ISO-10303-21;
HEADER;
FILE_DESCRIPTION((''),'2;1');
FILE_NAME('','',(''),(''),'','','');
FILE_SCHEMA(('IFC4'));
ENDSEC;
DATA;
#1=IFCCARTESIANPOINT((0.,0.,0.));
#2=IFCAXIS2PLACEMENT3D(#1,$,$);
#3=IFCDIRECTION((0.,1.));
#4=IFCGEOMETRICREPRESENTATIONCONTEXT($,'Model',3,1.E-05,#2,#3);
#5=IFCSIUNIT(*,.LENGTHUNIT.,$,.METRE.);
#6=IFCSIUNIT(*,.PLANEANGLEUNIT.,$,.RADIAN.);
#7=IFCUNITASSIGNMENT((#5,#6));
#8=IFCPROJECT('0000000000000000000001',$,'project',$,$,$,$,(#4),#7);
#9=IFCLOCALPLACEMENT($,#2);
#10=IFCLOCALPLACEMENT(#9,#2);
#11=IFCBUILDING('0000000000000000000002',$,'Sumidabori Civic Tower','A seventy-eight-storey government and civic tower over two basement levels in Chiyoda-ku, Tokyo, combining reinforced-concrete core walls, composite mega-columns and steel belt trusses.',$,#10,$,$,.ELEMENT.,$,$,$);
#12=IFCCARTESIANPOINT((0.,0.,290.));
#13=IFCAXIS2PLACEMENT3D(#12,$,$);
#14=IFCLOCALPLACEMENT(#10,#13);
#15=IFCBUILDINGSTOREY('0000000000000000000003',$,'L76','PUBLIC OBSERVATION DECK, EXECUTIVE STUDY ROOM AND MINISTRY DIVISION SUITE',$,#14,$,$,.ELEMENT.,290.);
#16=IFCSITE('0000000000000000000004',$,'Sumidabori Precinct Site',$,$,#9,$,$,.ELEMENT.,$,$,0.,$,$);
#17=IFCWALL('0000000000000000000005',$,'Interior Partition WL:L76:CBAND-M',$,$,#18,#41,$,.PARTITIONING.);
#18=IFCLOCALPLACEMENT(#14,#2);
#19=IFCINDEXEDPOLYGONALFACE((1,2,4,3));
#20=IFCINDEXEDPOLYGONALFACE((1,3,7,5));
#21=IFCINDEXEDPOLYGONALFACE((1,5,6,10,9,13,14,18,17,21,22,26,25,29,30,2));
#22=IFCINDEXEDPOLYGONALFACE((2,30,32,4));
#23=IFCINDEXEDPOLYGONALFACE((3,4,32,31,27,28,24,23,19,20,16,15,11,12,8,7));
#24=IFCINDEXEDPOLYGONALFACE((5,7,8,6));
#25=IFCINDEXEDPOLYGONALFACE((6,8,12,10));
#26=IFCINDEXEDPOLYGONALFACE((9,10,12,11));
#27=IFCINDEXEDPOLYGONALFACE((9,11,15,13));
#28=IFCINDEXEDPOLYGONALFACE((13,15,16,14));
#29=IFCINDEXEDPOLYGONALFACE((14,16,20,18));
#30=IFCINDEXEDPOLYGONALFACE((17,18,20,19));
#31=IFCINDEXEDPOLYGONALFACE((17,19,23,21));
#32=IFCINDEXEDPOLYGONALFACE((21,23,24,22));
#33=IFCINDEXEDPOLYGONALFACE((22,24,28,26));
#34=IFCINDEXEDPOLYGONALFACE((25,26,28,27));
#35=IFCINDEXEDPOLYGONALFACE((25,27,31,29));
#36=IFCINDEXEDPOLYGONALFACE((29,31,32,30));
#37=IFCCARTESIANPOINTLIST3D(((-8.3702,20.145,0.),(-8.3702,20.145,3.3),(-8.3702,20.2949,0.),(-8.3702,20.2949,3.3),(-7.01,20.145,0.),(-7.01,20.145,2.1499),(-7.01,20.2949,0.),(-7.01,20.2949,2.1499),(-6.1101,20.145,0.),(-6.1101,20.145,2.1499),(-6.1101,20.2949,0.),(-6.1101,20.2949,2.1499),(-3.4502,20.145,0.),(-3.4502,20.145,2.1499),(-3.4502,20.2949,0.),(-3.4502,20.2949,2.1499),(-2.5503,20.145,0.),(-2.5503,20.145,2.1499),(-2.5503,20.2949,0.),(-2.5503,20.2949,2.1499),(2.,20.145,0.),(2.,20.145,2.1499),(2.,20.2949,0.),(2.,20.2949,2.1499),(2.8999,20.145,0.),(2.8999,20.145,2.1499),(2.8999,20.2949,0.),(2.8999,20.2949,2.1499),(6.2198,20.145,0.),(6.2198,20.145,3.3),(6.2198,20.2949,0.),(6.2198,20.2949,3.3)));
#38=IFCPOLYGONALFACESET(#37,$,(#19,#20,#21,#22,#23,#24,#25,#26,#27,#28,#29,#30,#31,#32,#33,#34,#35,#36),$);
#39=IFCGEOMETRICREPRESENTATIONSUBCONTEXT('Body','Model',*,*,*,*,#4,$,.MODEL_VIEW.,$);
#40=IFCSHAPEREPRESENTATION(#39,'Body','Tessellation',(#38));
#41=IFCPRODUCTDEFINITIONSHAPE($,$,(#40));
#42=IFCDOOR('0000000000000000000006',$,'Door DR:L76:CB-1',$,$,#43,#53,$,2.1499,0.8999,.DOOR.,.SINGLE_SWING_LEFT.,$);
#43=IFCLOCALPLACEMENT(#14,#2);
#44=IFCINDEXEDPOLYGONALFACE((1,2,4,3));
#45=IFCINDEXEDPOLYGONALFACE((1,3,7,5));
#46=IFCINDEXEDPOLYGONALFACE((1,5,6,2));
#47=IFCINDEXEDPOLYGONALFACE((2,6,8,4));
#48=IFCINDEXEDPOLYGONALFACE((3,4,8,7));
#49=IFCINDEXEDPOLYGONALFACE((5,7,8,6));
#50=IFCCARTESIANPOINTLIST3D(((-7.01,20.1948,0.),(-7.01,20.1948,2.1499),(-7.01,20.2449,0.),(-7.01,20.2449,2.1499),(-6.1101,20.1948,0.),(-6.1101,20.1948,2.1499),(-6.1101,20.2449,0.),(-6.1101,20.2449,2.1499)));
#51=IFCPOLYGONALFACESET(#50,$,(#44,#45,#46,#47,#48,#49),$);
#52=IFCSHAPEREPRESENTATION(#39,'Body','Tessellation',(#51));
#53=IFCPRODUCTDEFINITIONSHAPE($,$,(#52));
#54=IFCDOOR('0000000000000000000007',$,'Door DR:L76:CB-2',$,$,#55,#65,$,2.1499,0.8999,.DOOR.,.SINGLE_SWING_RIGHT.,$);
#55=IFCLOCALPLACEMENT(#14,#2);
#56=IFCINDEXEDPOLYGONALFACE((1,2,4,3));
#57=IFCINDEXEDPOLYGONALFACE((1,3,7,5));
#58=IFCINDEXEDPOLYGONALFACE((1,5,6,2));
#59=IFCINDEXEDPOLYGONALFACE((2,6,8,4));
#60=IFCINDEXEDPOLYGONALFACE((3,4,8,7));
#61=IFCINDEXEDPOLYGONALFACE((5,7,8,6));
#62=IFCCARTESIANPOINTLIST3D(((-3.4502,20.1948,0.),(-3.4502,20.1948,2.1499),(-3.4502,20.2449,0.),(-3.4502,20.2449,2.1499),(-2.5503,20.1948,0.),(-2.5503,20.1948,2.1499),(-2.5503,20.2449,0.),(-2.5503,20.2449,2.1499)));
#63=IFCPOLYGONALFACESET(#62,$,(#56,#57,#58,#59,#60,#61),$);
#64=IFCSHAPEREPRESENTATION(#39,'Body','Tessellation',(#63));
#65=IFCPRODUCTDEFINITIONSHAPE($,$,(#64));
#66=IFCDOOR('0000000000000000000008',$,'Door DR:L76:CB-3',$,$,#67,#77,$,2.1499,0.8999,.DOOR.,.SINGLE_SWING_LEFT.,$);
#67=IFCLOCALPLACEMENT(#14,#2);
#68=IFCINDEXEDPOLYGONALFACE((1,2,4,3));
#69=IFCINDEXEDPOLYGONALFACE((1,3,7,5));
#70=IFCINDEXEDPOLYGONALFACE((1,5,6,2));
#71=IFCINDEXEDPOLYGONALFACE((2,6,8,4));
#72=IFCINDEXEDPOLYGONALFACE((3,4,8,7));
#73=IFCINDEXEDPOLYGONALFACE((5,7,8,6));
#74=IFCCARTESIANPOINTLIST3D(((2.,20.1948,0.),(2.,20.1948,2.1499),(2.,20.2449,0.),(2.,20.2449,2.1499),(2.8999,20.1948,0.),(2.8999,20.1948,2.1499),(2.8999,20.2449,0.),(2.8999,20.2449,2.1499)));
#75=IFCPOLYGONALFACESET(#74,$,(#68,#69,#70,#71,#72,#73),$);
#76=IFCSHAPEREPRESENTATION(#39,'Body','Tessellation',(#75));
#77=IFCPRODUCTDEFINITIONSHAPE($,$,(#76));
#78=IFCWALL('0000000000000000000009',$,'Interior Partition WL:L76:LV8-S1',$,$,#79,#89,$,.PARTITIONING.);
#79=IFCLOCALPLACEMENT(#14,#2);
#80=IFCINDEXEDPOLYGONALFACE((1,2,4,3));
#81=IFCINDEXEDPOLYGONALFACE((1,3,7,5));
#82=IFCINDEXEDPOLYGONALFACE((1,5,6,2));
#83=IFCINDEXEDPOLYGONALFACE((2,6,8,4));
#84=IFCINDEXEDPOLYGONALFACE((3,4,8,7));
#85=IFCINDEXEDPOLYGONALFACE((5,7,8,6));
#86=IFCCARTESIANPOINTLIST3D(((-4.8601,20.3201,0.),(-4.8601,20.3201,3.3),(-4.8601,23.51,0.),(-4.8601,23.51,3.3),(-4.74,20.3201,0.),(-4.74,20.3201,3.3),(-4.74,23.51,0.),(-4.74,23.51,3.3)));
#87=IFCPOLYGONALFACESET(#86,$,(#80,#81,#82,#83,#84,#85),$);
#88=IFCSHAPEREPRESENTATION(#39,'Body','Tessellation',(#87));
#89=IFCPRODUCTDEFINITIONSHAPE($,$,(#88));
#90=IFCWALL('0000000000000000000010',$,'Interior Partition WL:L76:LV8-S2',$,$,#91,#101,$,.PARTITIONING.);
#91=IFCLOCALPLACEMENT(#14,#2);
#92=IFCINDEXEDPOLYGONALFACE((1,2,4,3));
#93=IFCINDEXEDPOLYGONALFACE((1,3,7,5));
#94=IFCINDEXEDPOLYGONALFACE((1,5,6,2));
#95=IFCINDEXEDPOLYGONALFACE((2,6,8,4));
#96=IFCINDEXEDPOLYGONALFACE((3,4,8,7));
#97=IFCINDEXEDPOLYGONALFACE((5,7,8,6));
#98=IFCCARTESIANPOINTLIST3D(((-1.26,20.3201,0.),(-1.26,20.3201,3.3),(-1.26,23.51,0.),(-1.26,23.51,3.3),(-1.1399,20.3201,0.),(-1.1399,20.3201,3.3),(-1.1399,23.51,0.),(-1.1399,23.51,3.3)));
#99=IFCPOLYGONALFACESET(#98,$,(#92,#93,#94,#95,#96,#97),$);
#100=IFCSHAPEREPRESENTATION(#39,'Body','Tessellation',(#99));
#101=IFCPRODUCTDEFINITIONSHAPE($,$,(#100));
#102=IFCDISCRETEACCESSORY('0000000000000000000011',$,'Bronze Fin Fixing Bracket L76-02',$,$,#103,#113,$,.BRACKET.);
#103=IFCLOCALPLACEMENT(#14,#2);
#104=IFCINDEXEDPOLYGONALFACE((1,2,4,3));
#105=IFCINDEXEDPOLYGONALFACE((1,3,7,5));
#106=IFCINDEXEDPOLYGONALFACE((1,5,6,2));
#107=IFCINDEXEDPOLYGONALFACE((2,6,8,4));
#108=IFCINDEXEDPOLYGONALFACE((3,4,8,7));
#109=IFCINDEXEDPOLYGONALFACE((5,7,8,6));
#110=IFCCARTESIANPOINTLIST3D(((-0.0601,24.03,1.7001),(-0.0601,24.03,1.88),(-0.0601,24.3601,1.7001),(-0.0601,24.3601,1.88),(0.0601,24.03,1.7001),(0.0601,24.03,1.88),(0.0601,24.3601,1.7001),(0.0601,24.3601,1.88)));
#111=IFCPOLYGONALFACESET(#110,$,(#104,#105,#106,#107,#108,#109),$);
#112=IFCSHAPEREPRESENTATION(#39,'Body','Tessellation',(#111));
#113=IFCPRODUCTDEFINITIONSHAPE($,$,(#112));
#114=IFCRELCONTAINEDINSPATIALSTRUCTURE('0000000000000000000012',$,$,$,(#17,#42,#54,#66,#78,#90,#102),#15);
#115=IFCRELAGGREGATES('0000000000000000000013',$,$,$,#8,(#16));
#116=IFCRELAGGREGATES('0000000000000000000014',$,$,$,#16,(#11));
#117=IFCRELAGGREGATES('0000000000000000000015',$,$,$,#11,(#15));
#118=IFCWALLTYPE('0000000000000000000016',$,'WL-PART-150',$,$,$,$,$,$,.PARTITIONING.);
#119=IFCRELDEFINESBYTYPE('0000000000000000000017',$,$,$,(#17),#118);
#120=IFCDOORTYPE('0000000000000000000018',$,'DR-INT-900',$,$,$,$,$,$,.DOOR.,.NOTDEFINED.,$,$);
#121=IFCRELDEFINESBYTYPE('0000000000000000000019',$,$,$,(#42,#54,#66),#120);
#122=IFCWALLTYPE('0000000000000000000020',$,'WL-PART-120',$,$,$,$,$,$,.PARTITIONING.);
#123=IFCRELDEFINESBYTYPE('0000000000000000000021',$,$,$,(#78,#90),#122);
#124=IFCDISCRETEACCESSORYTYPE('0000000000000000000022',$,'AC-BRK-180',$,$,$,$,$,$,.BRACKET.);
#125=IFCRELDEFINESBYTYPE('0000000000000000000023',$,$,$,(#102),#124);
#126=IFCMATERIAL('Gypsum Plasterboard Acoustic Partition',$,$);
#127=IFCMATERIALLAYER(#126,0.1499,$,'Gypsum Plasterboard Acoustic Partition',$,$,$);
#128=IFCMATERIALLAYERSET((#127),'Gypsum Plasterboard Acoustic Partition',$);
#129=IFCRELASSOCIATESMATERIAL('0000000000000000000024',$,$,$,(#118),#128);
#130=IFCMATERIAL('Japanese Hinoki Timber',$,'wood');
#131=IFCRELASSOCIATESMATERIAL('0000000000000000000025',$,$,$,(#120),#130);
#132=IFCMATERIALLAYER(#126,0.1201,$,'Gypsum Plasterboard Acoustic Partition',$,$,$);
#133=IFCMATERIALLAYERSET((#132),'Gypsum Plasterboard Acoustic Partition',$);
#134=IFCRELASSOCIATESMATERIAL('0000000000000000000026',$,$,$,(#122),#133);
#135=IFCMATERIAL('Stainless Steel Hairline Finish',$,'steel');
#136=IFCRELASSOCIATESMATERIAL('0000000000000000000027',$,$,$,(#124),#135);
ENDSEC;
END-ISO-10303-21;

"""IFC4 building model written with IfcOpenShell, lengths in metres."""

from ifc_helpers import new_model, si_unit, direction, frame, frame_2d, origin, origin_2d, place, context, subcontext, project, spatial, rectangle, extrude, source, transform, mapped, material, layer, layer_set, material_profile, profile_set, type_object, element, fill, save


model = new_model("IFC4")

# Units and contexts
model_context = context("Model", 3, precision=1e-05, world=origin(), true_north=direction((0.0, 1.0)))
body_context = subcontext(model_context, "Body", "Model", "MODEL_VIEW")
ifc_project = project(units=[si_unit("LENGTHUNIT", "METRE"), si_unit("PLANEANGLEUNIT", "RADIAN")], contexts=[model_context])

# Site, building, storey
site_placement = place(None, origin())
site = spatial("IfcSite", under=ifc_project, at=site_placement, Name="Sumidabori Precinct Site", CompositionType="ELEMENT", RefElevation=0.0)
building_placement = place(site_placement, origin())
building = spatial("IfcBuilding", under=site, at=building_placement, Name="Sumidabori Civic Tower", Description="A seventy-eight-storey government and civic tower over two basement levels in Chiyoda-ku, Tokyo, combining reinforced-concrete core walls, composite mega-columns and steel belt trusses.", CompositionType="ELEMENT")
storey_placement = place(building_placement, frame((0.0, 0.0, 290.0)))
storey = spatial("IfcBuildingStorey", under=building, at=storey_placement, Name="L76", Description="PUBLIC OBSERVATION DECK, EXECUTIVE STUDY ROOM AND MINISTRY DIVISION SUITE", CompositionType="ELEMENT", Elevation=290.0)

# Shared definitions
ifc_material_1 = material(Name="Gypsum Plasterboard Acoustic Partition")
ifc_layer_1 = layer(ifc_material_1, 0.1499, Name="Gypsum Plasterboard Acoustic Partition")
ifc_layer_set_1 = layer_set([ifc_layer_1], Name="Gypsum Plasterboard Acoustic Partition")
wall_type_1 = type_object("IfcWallType", Name="WL-PART-150", PredefinedType="PARTITIONING", material=ifc_layer_set_1)

# Wall, openings, doors
shared_shape_1 = source(origin(), body_context, "Body", "SweptSolid", [
    extrude(rectangle(XDim=14.5901, YDim=0.1499, at=frame_2d((7.2949, 0.0))), origin(), (0.0, 0.0, 1.0), 3.3),
])
wall_1_placement = place(storey_placement, frame((-8.3701, 20.22, 0.0), z_axis=(0.0, 0.0, 1.0), x_axis=(1.0, 0.0, 0.0)))
wall_1 = element("IfcWall", 1, at=wall_1_placement, inside=storey, type_object=wall_type_1, Name="Interior Partition WL:L76:CBAND-M", PredefinedType="PARTITIONING", context=body_context, shape_type="MappedRepresentation", body=[
    mapped(shared_shape_1, transform((0.0, 0.0, 0.0), x_axis=(1.0, 0.0, 0.0), y_axis=(0.0, 1.0, 0.0), z_axis=(0.0, 0.0, 1.0), scale=1.0)),
])
opening_1_placement = place(wall_1_placement, frame((1.3601, 0.0, 0.0)))
opening_1 = element("IfcOpeningElement", 2, at=opening_1_placement, cuts=wall_1, PredefinedType="OPENING", context=body_context, shape_type="SweptSolid", body=[
    extrude(rectangle(XDim=0.8999, YDim=2.1499, at=frame_2d((0.45, 1.075))), frame((0.0, 0.0869, 0.0), z_axis=(0.0, -1.0, 0.0), x_axis=(1.0, 0.0, 0.0)), (0.0, 0.0, 1.0), 0.1738),
])
opening_2_placement = place(wall_1_placement, frame((4.9199, 0.0, 0.0)))
opening_2 = element("IfcOpeningElement", 3, at=opening_2_placement, cuts=wall_1, PredefinedType="OPENING", context=body_context, shape_type="SweptSolid", body=[
    extrude(rectangle(XDim=0.8999, YDim=2.1499, at=frame_2d((0.45, 1.075))), frame((0.0, 0.0869, 0.0), z_axis=(0.0, -1.0, 0.0), x_axis=(1.0, 0.0, 0.0)), (0.0, 0.0, 1.0), 0.1738),
])
opening_3_placement = place(wall_1_placement, frame((10.3701, 0.0, 0.0)))
opening_3 = element("IfcOpeningElement", 4, at=opening_3_placement, cuts=wall_1, PredefinedType="OPENING", context=body_context, shape_type="SweptSolid", body=[
    extrude(rectangle(XDim=0.8999, YDim=2.1499, at=frame_2d((0.45, 1.075))), frame((0.0, 0.0869, 0.0), z_axis=(0.0, -1.0, 0.0), x_axis=(1.0, 0.0, 0.0)), (0.0, 0.0, 1.0), 0.1738),
])
ifc_material_2 = material(Name="Japanese Hinoki Timber", Category="wood")
door_type = type_object("IfcDoorType", Name="DR-INT-900", OperationType="NOTDEFINED", PredefinedType="DOOR", material=ifc_material_2)
shared_shape_2 = source(origin(), body_context, "Body", "SweptSolid", [
    extrude(rectangle(XDim=0.8999, YDim=2.1499, at=frame_2d((0.45, 1.075))), frame((0.0, 0.0249, 0.0), z_axis=(0.0, -1.0, 0.0), x_axis=(1.0, 0.0, 0.0)), (0.0, 0.0, 1.0), 0.05),
])
door_1_placement = place(opening_1_placement, origin())
door_1 = element("IfcDoor", 5, at=door_1_placement, inside=storey, type_object=door_type, Name="Door DR:L76:CB-1", OperationType="SINGLE_SWING_LEFT", OverallHeight=2.1499, OverallWidth=0.8999, PredefinedType="DOOR", context=body_context, shape_type="MappedRepresentation", body=[
    mapped(shared_shape_2, transform((0.0, 0.0, 0.0), x_axis=(1.0, 0.0, 0.0), y_axis=(0.0, 1.0, 0.0), z_axis=(0.0, 0.0, 1.0), scale=1.0)),
])
fill(opening_1, door_1)
door_2_placement = place(opening_2_placement, origin())
door_2 = element("IfcDoor", 6, at=door_2_placement, inside=storey, type_object=door_type, Name="Door DR:L76:CB-2", OperationType="SINGLE_SWING_RIGHT", OverallHeight=2.1499, OverallWidth=0.8999, PredefinedType="DOOR", context=body_context, shape_type="MappedRepresentation", body=[
    mapped(shared_shape_2, transform((0.0, 0.0, 0.0), x_axis=(1.0, 0.0, 0.0), y_axis=(0.0, 1.0, 0.0), z_axis=(0.0, 0.0, 1.0), scale=1.0)),
])
fill(opening_2, door_2)
door_3_placement = place(opening_3_placement, origin())
door_3 = element("IfcDoor", 7, at=door_3_placement, inside=storey, type_object=door_type, Name="Door DR:L76:CB-3", OperationType="SINGLE_SWING_LEFT", OverallHeight=2.1499, OverallWidth=0.8999, PredefinedType="DOOR", context=body_context, shape_type="MappedRepresentation", body=[
    mapped(shared_shape_2, transform((0.0, 0.0, 0.0), x_axis=(1.0, 0.0, 0.0), y_axis=(0.0, 1.0, 0.0), z_axis=(0.0, 0.0, 1.0), scale=1.0)),
])
fill(opening_3, door_3)

# Walls
ifc_layer_2 = layer(ifc_material_1, 0.1201, Name="Gypsum Plasterboard Acoustic Partition")
ifc_layer_set_2 = layer_set([ifc_layer_2], Name="Gypsum Plasterboard Acoustic Partition")
wall_type_2 = type_object("IfcWallType", Name="WL-PART-120", PredefinedType="PARTITIONING", material=ifc_layer_set_2)
shared_shape_3 = source(origin(), body_context, "Body", "SweptSolid", [
    extrude(rectangle(XDim=3.1899, YDim=0.1201, at=frame_2d((1.595, 0.0))), origin(), (0.0, 0.0, 1.0), 3.3),
])
for number, where, z_axis, x_axis, name in (
    (8, (-4.8, 20.3201, 0.0), (0.0, 0.0, 1.0), (0.0, 1.0, 0.0), "Interior Partition WL:L76:LV8-S1"),
    (9, (-1.2, 20.3201, 0.0), (0.0, 0.0, 1.0), (0.0, 1.0, 0.0), "Interior Partition WL:L76:LV8-S2"),
):
    element("IfcWall", number, at=place(storey_placement, frame(where, z_axis=z_axis, x_axis=x_axis)), inside=storey, type_object=wall_type_2, Name=name, PredefinedType="PARTITIONING", context=body_context, shape_type="MappedRepresentation", body=[
        mapped(shared_shape_3, transform((0.0, 0.0, 0.0), x_axis=(1.0, 0.0, 0.0), y_axis=(0.0, 1.0, 0.0), z_axis=(0.0, 0.0, 1.0), scale=1.0)),
    ])

# Discrete accessory
ifc_material_3 = material(Name="Stainless Steel Hairline Finish", Category="steel")
ifc_material_profile_1 = material_profile(ifc_material_3, rectangle(XDim=0.1201, YDim=0.1799, at=origin_2d()), Name="STEEL BRACKET 180x120")
ifc_profile_set_1 = profile_set([ifc_material_profile_1], Name="Stainless Steel Hairline Finish")
discrete_accessory_type = type_object("IfcDiscreteAccessoryType", Name="AC-BRK-180", PredefinedType="BRACKET", material=ifc_profile_set_1)
shared_shape_4 = source(origin(), body_context, "Body", "SweptSolid", [
    extrude(rectangle(XDim=0.1201, YDim=0.1799, at=origin_2d()), origin(), (0.0, 0.0, 1.0), 0.3301),
])
discrete_accessory_placement = place(storey_placement, frame((0.0, 24.03, 1.79), z_axis=(0.0, 1.0, 0.0), x_axis=(-1.0, 0.0, 0.0)))
element("IfcDiscreteAccessory", 10, at=discrete_accessory_placement, inside=storey, type_object=discrete_accessory_type, Name="Bronze Fin Fixing Bracket L76-02", PredefinedType="BRACKET", context=body_context, shape_type="MappedRepresentation", body=[
    mapped(shared_shape_4, transform((0.0, 0.0, 0.0), x_axis=(1.0, 0.0, 0.0), y_axis=(0.0, 1.0, 0.0), z_axis=(0.0, 0.0, 1.0), scale=1.0)),
])

save(model, "model.ifc")
